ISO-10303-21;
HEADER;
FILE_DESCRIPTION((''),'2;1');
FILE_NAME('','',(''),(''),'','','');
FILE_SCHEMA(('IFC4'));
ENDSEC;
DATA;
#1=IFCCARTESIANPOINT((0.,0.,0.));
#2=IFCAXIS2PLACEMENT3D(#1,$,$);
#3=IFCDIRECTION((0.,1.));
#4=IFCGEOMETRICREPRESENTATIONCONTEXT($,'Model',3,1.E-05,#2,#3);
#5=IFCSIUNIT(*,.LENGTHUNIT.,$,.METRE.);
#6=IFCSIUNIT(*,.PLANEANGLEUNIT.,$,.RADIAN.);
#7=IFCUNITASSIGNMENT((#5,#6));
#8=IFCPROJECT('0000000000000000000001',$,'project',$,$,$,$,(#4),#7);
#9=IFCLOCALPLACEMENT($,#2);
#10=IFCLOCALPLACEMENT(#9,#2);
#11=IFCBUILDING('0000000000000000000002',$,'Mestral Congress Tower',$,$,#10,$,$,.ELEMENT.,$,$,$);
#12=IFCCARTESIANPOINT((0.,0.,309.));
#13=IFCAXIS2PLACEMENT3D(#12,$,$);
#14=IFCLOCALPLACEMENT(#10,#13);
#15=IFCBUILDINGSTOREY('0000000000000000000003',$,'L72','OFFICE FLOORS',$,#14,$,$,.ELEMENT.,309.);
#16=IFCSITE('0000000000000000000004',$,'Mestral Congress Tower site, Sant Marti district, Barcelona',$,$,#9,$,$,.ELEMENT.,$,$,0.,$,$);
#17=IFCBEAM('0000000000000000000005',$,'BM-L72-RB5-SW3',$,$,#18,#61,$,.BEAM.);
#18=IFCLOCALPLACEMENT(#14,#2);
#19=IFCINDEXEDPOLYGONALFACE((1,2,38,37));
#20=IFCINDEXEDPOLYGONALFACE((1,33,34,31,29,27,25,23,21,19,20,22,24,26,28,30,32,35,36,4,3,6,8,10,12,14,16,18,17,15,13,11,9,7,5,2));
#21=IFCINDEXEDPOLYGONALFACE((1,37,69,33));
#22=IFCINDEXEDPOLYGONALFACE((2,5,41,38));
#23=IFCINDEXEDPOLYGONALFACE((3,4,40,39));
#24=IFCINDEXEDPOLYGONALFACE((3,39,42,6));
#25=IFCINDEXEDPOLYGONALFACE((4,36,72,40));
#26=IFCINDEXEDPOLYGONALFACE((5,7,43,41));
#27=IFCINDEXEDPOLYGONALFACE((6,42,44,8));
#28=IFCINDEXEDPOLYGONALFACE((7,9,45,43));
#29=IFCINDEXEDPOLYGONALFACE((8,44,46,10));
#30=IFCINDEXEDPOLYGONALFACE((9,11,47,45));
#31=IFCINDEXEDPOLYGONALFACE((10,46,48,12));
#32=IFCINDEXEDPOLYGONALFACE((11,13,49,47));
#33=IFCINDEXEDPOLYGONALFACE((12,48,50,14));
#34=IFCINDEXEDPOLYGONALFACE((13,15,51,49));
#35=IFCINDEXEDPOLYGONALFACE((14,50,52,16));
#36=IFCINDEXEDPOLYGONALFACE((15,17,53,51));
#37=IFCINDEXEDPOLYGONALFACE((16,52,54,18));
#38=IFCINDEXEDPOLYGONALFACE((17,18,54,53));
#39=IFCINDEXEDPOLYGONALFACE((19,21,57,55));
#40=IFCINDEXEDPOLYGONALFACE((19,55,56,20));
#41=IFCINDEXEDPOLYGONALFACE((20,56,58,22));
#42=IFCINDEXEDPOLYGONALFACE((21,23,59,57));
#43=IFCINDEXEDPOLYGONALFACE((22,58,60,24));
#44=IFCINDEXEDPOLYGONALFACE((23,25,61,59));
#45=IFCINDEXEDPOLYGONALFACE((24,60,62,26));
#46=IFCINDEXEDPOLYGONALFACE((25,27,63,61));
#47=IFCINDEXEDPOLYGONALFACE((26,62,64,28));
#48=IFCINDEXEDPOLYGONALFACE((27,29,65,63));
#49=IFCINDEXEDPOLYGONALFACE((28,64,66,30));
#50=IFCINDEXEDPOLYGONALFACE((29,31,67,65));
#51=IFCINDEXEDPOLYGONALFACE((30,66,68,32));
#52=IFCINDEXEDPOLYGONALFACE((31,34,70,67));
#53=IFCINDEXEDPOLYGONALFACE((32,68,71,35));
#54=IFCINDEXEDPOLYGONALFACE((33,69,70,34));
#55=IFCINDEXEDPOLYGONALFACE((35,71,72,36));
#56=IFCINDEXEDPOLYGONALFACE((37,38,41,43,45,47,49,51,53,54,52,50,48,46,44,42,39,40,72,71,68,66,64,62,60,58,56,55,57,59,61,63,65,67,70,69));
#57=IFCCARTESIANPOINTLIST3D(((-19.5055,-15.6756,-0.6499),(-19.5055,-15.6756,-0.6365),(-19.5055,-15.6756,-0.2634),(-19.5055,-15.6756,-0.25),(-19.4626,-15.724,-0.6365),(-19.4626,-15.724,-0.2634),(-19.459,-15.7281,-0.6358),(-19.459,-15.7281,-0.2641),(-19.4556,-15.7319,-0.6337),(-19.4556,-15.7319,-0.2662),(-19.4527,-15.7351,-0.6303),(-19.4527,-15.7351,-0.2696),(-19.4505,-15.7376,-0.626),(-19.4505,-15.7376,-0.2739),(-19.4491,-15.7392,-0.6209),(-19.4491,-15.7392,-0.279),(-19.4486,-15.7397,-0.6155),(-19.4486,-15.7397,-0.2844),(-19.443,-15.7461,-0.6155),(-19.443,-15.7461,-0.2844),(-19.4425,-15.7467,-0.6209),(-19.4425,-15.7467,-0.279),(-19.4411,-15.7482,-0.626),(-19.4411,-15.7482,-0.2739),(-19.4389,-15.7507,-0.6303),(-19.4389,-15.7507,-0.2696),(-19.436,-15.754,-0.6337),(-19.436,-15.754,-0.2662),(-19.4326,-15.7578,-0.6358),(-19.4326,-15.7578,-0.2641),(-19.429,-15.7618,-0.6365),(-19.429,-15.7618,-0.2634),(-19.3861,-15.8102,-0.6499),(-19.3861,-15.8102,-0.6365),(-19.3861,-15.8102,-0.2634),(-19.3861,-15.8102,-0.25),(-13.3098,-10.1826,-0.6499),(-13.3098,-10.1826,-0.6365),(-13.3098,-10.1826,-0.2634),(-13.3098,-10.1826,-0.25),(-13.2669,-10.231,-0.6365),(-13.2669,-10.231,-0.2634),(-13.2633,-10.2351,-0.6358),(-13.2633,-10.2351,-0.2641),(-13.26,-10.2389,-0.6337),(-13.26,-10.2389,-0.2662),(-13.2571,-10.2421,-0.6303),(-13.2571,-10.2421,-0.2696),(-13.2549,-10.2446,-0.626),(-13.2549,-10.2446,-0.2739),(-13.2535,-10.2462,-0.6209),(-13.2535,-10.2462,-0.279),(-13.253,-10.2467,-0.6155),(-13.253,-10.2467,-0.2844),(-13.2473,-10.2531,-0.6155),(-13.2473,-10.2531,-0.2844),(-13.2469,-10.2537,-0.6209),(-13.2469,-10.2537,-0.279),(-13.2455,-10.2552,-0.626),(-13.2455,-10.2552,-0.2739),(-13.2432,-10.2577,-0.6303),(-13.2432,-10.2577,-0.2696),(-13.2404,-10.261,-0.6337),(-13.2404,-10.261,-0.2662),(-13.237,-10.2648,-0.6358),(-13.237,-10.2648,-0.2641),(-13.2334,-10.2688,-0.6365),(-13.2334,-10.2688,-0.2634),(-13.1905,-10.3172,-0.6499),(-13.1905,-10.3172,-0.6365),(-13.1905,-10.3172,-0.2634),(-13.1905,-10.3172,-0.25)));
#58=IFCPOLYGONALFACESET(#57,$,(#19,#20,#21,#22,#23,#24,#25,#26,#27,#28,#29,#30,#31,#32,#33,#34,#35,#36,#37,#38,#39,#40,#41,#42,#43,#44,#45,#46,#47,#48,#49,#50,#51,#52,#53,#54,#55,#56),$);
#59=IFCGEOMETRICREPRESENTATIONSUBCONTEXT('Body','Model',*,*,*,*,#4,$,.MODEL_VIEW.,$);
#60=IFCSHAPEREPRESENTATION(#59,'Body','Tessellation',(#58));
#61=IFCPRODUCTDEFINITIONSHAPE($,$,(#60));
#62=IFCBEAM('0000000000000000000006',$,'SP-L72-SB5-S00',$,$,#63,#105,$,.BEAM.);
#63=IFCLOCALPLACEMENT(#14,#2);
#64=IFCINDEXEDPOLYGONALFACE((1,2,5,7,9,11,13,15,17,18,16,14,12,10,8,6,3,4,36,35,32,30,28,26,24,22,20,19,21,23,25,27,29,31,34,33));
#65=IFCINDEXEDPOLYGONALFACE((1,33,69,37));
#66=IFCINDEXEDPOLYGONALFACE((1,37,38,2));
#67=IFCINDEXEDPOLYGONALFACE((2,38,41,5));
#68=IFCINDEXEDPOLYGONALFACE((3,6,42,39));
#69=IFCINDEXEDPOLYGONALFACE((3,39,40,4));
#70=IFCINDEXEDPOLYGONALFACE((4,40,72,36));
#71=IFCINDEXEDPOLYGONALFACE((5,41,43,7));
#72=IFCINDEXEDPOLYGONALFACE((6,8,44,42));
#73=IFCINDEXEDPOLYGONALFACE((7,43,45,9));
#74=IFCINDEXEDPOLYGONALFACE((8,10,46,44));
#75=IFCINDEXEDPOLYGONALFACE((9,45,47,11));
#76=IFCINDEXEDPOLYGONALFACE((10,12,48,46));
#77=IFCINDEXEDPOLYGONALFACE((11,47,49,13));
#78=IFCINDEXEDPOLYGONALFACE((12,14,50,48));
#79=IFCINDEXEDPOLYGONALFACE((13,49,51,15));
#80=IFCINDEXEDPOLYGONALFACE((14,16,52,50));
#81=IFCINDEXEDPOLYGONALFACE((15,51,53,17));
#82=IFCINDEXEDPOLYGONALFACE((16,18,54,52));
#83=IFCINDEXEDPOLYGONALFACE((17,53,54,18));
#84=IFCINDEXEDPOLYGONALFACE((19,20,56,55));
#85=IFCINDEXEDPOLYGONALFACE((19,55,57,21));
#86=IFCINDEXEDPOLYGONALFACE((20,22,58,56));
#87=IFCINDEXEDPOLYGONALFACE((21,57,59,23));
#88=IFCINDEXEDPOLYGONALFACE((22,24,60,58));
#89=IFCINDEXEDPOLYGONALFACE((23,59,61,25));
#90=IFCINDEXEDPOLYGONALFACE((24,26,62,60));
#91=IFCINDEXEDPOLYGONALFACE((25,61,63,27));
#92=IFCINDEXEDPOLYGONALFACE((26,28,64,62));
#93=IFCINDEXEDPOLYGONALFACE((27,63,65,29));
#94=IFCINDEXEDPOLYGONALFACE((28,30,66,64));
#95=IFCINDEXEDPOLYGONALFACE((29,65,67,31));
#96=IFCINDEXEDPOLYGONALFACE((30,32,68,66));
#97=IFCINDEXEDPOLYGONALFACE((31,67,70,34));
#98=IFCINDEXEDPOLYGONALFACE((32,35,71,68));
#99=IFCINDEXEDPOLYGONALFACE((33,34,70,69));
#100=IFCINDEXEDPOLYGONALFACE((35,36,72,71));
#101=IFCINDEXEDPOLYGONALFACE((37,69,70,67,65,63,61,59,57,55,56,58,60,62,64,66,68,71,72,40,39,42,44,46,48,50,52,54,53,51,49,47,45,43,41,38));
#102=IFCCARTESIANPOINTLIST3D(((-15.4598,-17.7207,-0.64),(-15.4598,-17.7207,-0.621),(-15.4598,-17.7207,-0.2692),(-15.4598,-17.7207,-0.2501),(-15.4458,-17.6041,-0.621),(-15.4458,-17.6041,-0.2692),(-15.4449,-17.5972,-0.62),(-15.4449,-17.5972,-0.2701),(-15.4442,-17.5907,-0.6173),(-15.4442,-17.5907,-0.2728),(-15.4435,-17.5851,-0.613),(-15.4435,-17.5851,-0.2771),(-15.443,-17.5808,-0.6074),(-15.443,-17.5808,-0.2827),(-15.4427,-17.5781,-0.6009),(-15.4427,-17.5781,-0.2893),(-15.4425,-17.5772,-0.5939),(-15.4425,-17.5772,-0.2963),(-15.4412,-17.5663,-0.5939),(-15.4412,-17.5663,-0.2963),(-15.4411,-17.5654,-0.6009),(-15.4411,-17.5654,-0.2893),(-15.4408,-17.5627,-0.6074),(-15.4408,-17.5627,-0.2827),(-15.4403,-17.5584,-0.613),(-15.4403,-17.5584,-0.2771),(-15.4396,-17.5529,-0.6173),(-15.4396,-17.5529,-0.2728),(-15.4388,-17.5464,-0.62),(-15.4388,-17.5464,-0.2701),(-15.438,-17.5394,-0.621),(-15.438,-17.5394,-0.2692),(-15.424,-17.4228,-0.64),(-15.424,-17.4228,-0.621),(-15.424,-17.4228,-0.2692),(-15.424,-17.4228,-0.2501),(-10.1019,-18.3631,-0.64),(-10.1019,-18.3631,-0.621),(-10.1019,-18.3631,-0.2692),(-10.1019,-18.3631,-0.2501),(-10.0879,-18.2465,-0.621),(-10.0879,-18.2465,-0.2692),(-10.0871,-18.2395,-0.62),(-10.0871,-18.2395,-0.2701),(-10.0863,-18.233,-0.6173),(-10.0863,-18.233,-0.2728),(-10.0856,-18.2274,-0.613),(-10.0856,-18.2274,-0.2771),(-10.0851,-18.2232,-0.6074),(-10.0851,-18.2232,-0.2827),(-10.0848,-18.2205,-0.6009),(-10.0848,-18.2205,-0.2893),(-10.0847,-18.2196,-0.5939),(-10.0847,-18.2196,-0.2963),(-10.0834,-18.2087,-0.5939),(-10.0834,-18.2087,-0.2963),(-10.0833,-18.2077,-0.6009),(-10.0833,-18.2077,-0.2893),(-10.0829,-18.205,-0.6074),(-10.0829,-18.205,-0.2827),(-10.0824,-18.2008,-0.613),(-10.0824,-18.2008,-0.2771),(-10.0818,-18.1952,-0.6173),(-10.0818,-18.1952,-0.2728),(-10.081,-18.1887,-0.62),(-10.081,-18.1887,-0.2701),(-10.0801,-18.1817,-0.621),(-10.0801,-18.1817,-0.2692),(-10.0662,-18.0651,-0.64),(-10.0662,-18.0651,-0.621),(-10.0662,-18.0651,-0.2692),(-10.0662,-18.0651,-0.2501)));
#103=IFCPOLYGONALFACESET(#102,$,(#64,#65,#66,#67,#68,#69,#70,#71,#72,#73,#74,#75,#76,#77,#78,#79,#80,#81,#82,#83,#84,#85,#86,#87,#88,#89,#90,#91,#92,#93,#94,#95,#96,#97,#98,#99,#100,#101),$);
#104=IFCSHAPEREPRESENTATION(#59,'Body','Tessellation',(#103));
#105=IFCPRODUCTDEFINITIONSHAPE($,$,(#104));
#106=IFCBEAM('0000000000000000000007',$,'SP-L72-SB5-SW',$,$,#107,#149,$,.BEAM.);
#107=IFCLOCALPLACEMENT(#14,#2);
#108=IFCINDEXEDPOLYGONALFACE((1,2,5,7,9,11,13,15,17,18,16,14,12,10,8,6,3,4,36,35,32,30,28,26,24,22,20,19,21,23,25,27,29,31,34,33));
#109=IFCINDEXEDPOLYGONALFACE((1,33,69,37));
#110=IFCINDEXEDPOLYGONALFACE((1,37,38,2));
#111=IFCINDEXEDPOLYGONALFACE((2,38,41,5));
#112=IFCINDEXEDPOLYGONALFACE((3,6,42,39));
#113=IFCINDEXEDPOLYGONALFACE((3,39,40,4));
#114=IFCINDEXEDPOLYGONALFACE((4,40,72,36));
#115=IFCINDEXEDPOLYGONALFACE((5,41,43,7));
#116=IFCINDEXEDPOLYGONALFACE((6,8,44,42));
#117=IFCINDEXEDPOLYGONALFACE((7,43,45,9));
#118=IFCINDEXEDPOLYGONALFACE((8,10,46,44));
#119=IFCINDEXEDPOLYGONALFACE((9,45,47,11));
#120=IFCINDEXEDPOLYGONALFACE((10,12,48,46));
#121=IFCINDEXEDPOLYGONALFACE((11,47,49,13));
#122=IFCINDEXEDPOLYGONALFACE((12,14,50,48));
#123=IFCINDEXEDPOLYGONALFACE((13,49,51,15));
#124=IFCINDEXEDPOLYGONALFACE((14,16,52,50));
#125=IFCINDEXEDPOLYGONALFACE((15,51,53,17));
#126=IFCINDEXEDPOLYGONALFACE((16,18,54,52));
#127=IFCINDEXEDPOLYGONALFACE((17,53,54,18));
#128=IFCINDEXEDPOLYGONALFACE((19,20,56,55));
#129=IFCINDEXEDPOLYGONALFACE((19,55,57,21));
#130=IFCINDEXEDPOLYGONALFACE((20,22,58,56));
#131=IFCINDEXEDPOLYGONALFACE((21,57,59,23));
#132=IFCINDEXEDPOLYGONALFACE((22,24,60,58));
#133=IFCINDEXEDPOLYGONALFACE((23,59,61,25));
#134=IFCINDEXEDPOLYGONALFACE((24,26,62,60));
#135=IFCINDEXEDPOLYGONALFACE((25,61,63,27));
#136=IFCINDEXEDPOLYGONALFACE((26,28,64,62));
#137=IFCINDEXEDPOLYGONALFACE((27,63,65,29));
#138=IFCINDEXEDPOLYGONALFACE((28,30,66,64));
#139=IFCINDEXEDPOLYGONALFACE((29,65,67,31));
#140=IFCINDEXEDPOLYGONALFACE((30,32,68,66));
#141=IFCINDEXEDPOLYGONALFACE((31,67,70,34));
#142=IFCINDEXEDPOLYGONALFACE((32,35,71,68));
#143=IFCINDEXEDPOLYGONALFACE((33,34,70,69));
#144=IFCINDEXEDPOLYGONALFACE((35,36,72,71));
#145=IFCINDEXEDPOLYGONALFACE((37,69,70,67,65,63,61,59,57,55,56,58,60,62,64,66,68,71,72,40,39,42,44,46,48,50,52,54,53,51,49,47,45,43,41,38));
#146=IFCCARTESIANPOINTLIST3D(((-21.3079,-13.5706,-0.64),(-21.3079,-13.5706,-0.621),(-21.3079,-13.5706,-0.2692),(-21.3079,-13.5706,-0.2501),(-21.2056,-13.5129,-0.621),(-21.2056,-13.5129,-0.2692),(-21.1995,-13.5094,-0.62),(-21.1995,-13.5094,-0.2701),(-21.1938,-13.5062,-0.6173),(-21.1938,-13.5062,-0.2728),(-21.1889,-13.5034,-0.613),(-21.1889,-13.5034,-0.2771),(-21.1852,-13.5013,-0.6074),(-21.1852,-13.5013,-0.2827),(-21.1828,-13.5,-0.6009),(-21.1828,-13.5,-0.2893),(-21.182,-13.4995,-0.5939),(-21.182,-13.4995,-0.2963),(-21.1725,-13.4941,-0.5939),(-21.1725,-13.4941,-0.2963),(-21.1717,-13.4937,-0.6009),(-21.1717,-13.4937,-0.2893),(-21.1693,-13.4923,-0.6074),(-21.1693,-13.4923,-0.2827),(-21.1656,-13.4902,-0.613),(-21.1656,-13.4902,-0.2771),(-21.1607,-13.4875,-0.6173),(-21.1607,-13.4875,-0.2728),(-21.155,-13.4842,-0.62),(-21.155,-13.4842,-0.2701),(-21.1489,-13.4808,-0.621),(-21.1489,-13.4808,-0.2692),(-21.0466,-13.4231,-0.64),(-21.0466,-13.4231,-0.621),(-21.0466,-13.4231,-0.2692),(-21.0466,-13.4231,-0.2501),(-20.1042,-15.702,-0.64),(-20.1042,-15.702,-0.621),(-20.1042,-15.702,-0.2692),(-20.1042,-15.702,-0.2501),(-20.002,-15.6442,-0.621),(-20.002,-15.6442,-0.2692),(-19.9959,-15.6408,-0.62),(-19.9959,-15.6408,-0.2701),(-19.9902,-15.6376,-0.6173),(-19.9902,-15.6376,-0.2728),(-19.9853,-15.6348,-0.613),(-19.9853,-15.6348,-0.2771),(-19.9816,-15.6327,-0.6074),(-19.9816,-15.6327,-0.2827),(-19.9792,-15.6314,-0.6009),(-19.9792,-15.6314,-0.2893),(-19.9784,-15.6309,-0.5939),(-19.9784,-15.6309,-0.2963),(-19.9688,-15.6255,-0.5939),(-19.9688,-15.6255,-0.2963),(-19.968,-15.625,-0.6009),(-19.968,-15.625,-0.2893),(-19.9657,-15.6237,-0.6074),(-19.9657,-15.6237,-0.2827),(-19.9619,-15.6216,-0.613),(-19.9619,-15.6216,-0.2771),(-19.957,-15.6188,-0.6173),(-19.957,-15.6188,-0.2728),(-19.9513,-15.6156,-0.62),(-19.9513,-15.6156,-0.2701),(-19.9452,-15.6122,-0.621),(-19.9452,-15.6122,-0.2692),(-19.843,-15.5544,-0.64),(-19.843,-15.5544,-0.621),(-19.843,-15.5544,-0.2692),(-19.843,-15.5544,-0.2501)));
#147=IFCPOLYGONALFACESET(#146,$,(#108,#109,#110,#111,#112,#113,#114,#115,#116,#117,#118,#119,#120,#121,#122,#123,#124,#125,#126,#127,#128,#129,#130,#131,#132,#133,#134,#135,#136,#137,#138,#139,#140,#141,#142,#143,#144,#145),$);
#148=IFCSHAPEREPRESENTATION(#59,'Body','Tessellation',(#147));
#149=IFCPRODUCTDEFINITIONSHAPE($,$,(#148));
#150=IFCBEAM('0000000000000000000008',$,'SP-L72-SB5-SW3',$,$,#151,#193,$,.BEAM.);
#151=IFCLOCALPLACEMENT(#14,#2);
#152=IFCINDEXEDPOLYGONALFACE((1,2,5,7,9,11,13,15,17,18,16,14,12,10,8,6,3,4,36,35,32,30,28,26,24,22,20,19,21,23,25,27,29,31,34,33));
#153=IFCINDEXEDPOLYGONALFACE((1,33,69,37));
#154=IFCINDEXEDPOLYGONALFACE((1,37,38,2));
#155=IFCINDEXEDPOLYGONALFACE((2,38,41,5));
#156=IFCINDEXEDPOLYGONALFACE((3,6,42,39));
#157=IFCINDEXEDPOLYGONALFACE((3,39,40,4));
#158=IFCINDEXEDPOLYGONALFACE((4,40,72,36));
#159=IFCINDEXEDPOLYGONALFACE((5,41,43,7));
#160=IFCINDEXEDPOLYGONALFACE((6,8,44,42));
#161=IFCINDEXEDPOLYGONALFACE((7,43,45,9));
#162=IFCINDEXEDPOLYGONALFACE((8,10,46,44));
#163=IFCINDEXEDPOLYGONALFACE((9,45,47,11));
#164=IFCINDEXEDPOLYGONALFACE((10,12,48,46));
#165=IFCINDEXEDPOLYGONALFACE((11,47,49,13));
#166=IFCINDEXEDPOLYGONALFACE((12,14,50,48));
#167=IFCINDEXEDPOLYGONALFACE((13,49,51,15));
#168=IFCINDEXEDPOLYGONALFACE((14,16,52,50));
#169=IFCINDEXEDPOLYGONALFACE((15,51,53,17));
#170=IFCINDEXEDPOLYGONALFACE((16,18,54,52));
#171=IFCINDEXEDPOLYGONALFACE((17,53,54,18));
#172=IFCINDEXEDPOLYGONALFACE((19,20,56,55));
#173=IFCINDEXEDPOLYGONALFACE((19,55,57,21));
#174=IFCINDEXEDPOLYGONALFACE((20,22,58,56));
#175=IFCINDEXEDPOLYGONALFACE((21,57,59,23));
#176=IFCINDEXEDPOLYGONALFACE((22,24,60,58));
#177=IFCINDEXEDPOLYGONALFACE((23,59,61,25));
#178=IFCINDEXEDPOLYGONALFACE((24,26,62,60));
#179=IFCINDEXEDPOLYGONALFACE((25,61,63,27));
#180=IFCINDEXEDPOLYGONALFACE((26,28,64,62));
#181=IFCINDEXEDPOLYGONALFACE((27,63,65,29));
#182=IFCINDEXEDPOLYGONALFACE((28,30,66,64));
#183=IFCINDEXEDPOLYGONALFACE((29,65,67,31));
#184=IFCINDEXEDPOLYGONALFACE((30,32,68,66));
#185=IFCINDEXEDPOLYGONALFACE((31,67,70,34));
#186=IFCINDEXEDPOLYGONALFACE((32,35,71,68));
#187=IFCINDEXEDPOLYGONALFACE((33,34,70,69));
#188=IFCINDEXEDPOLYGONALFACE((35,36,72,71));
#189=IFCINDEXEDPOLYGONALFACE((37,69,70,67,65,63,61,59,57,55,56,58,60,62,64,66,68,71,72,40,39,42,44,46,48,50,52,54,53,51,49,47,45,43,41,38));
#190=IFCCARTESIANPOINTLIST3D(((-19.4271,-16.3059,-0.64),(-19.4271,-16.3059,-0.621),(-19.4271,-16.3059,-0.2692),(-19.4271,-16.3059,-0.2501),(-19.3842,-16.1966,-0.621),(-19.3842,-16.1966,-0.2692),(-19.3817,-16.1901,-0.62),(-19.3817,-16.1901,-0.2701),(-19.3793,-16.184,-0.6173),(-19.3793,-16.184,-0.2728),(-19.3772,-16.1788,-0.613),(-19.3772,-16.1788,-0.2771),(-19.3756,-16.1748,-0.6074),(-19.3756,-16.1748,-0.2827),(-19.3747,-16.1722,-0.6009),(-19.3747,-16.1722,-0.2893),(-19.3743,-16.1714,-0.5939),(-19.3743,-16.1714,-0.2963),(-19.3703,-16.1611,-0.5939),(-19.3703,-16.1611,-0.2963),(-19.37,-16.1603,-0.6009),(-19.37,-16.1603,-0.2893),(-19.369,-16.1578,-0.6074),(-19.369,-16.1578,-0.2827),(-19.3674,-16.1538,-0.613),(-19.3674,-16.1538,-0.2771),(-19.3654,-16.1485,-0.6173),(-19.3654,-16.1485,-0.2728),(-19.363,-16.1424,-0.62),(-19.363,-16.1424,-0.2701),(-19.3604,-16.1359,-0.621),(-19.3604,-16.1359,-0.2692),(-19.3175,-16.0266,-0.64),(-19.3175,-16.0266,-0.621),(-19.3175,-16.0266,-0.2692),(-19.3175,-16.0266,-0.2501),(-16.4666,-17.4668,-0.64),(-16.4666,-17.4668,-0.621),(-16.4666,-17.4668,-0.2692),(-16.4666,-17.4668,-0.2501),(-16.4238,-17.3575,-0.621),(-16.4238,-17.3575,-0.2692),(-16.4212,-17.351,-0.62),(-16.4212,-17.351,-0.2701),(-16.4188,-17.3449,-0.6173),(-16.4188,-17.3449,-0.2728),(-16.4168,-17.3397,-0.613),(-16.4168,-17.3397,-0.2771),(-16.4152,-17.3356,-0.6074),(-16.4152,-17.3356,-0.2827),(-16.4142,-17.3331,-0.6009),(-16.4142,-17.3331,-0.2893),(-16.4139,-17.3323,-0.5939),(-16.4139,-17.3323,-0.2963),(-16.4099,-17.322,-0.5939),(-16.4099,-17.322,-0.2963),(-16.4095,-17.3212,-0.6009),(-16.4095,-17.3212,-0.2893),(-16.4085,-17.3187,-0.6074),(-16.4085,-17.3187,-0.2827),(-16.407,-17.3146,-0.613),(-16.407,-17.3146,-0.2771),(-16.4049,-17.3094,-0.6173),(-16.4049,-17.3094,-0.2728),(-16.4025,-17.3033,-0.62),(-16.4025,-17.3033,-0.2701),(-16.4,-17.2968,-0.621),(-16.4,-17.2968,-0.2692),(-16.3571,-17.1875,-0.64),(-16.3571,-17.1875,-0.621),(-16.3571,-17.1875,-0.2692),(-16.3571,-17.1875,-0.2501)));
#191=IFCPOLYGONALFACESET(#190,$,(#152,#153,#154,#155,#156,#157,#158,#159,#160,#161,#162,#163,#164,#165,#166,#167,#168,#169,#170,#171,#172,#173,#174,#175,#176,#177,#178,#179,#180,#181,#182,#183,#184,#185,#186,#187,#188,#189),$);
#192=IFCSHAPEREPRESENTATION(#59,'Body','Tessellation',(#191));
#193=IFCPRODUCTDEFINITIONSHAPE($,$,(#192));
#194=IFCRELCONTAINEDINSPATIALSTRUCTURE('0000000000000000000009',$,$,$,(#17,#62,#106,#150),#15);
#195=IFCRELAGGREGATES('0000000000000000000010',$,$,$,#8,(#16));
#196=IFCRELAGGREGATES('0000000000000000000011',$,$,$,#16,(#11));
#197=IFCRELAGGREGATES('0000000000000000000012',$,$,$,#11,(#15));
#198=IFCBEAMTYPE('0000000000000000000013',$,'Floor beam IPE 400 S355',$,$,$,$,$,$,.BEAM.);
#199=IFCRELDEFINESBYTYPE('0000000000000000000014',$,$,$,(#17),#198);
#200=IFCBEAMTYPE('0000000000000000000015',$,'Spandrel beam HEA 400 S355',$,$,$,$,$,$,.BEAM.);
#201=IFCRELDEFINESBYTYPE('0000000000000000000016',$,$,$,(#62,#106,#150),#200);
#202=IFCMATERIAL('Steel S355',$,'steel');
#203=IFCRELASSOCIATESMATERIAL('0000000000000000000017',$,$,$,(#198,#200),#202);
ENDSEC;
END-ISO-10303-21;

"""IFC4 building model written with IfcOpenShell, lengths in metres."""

from ifc_helpers import new_model, si_unit, direction, frame, origin, origin_2d, place, context, subcontext, project, spatial, i_section, extrude, material, material_profile, profile_set, type_object, element, save


model = new_model("IFC4")

# Units and contexts
model_context = context("Model", 3, precision=1e-05, world=origin(), true_north=direction((0.0, 1.0)))
body_context = subcontext(model_context, "Body", "Model", "MODEL_VIEW")
ifc_project = project(units=[si_unit("LENGTHUNIT", "METRE"), si_unit("PLANEANGLEUNIT", "RADIAN")], contexts=[model_context])

# Site, building, storey
site_placement = place(None, origin())
site = spatial("IfcSite", under=ifc_project, at=site_placement, Name="Mestral Congress Tower site, Sant Marti district, Barcelona", CompositionType="ELEMENT", RefElevation=0.0)
building_placement = place(site_placement, origin())
building = spatial("IfcBuilding", under=site, at=building_placement, Name="Mestral Congress Tower", CompositionType="ELEMENT")
storey_placement = place(building_placement, frame((0.0, 0.0, 309.0)))
storey = spatial("IfcBuildingStorey", under=building, at=storey_placement, Name="L72", Description="OFFICE FLOORS", CompositionType="ELEMENT", Elevation=309.0)

# Beams
ifc_material_1 = material(Name="Steel S355", Category="steel")
ifc_material_profile_1 = material_profile(ifc_material_1, i_section(OverallWidth=0.1799, OverallDepth=0.3999, WebThickness=0.0085, FlangeThickness=0.0134, FilletRadius=0.021, at=origin_2d()), Name="IPE 400")
ifc_profile_set_1 = profile_set([ifc_material_profile_1], Name="Steel S355")
beam_type_1 = type_object("IfcBeamType", Name="Floor beam IPE 400 S355", PredefinedType="BEAM", material=ifc_profile_set_1)
beam_1_placement = place(storey_placement, frame((-19.4458, -15.7429, -0.45), z_axis=(0.748263, 0.663402, 0.0), x_axis=(-0.663402, 0.748263, 0.0)))
element("IfcBeam", 1, at=beam_1_placement, inside=storey, type_object=beam_type_1, Name="BM-L72-RB5-SW3", PredefinedType="BEAM", context=body_context, shape_type="SweptSolid", body=[
    extrude(i_section(OverallWidth=0.1799, OverallDepth=0.3999, WebThickness=0.0085, FlangeThickness=0.0134, FilletRadius=0.021, at=origin_2d()), origin(), (0.0, 0.0, 1.0), 8.28),
])
ifc_material_profile_2 = material_profile(ifc_material_1, i_section(OverallWidth=0.3, OverallDepth=0.3899, WebThickness=0.011, FlangeThickness=0.019, FilletRadius=0.0271, at=origin_2d()), Name="HEA 400")
ifc_profile_set_2 = profile_set([ifc_material_profile_2], Name="Steel S355")
beam_type_2 = type_object("IfcBeamType", Name="Spandrel beam HEA 400 S355", PredefinedType="BEAM", material=ifc_profile_set_2)
beam_2_placement = place(storey_placement, frame((-15.4419, -17.5718, -0.4451), z_axis=(0.99289, -0.119033, 0.0), x_axis=(0.119033, 0.99289, 0.0)))
element("IfcBeam", 2, at=beam_2_placement, inside=storey, type_object=beam_type_2, Name="SP-L72-SB5-S00", PredefinedType="BEAM", context=body_context, shape_type="SweptSolid", body=[
    extrude(i_section(OverallWidth=0.3, OverallDepth=0.3899, WebThickness=0.011, FlangeThickness=0.019, FilletRadius=0.0271, at=origin_2d()), origin(), (0.0, 0.0, 1.0), 5.3962),
])
beam_3_placement = place(storey_placement, frame((-21.1772, -13.4968, -0.4451), z_axis=(0.491729, -0.870749, 0.0), x_axis=(0.870749, 0.491729, 0.0)))
element("IfcBeam", 3, at=beam_3_placement, inside=storey, type_object=beam_type_2, Name="SP-L72-SB5-SW", PredefinedType="BEAM", context=body_context, shape_type="SweptSolid", body=[
    extrude(i_section(OverallWidth=0.3, OverallDepth=0.3899, WebThickness=0.011, FlangeThickness=0.019, FilletRadius=0.0271, at=origin_2d()), origin(), (0.0, 0.0, 1.0), 2.4478),
])
beam_4_placement = place(storey_placement, frame((-19.3723, -16.1663, -0.4451), z_axis=(0.930981, -0.365068, 0.0), x_axis=(0.365068, 0.930981, 0.0)))
element("IfcBeam", 4, at=beam_4_placement, inside=storey, type_object=beam_type_2, Name="SP-L72-SB5-SW3", PredefinedType="BEAM", context=body_context, shape_type="SweptSolid", body=[
    extrude(i_section(OverallWidth=0.3, OverallDepth=0.3899, WebThickness=0.011, FlangeThickness=0.019, FilletRadius=0.0271, at=origin_2d()), origin(), (0.0, 0.0, 1.0), 3.1799),
])

save(model, "model.ifc")
